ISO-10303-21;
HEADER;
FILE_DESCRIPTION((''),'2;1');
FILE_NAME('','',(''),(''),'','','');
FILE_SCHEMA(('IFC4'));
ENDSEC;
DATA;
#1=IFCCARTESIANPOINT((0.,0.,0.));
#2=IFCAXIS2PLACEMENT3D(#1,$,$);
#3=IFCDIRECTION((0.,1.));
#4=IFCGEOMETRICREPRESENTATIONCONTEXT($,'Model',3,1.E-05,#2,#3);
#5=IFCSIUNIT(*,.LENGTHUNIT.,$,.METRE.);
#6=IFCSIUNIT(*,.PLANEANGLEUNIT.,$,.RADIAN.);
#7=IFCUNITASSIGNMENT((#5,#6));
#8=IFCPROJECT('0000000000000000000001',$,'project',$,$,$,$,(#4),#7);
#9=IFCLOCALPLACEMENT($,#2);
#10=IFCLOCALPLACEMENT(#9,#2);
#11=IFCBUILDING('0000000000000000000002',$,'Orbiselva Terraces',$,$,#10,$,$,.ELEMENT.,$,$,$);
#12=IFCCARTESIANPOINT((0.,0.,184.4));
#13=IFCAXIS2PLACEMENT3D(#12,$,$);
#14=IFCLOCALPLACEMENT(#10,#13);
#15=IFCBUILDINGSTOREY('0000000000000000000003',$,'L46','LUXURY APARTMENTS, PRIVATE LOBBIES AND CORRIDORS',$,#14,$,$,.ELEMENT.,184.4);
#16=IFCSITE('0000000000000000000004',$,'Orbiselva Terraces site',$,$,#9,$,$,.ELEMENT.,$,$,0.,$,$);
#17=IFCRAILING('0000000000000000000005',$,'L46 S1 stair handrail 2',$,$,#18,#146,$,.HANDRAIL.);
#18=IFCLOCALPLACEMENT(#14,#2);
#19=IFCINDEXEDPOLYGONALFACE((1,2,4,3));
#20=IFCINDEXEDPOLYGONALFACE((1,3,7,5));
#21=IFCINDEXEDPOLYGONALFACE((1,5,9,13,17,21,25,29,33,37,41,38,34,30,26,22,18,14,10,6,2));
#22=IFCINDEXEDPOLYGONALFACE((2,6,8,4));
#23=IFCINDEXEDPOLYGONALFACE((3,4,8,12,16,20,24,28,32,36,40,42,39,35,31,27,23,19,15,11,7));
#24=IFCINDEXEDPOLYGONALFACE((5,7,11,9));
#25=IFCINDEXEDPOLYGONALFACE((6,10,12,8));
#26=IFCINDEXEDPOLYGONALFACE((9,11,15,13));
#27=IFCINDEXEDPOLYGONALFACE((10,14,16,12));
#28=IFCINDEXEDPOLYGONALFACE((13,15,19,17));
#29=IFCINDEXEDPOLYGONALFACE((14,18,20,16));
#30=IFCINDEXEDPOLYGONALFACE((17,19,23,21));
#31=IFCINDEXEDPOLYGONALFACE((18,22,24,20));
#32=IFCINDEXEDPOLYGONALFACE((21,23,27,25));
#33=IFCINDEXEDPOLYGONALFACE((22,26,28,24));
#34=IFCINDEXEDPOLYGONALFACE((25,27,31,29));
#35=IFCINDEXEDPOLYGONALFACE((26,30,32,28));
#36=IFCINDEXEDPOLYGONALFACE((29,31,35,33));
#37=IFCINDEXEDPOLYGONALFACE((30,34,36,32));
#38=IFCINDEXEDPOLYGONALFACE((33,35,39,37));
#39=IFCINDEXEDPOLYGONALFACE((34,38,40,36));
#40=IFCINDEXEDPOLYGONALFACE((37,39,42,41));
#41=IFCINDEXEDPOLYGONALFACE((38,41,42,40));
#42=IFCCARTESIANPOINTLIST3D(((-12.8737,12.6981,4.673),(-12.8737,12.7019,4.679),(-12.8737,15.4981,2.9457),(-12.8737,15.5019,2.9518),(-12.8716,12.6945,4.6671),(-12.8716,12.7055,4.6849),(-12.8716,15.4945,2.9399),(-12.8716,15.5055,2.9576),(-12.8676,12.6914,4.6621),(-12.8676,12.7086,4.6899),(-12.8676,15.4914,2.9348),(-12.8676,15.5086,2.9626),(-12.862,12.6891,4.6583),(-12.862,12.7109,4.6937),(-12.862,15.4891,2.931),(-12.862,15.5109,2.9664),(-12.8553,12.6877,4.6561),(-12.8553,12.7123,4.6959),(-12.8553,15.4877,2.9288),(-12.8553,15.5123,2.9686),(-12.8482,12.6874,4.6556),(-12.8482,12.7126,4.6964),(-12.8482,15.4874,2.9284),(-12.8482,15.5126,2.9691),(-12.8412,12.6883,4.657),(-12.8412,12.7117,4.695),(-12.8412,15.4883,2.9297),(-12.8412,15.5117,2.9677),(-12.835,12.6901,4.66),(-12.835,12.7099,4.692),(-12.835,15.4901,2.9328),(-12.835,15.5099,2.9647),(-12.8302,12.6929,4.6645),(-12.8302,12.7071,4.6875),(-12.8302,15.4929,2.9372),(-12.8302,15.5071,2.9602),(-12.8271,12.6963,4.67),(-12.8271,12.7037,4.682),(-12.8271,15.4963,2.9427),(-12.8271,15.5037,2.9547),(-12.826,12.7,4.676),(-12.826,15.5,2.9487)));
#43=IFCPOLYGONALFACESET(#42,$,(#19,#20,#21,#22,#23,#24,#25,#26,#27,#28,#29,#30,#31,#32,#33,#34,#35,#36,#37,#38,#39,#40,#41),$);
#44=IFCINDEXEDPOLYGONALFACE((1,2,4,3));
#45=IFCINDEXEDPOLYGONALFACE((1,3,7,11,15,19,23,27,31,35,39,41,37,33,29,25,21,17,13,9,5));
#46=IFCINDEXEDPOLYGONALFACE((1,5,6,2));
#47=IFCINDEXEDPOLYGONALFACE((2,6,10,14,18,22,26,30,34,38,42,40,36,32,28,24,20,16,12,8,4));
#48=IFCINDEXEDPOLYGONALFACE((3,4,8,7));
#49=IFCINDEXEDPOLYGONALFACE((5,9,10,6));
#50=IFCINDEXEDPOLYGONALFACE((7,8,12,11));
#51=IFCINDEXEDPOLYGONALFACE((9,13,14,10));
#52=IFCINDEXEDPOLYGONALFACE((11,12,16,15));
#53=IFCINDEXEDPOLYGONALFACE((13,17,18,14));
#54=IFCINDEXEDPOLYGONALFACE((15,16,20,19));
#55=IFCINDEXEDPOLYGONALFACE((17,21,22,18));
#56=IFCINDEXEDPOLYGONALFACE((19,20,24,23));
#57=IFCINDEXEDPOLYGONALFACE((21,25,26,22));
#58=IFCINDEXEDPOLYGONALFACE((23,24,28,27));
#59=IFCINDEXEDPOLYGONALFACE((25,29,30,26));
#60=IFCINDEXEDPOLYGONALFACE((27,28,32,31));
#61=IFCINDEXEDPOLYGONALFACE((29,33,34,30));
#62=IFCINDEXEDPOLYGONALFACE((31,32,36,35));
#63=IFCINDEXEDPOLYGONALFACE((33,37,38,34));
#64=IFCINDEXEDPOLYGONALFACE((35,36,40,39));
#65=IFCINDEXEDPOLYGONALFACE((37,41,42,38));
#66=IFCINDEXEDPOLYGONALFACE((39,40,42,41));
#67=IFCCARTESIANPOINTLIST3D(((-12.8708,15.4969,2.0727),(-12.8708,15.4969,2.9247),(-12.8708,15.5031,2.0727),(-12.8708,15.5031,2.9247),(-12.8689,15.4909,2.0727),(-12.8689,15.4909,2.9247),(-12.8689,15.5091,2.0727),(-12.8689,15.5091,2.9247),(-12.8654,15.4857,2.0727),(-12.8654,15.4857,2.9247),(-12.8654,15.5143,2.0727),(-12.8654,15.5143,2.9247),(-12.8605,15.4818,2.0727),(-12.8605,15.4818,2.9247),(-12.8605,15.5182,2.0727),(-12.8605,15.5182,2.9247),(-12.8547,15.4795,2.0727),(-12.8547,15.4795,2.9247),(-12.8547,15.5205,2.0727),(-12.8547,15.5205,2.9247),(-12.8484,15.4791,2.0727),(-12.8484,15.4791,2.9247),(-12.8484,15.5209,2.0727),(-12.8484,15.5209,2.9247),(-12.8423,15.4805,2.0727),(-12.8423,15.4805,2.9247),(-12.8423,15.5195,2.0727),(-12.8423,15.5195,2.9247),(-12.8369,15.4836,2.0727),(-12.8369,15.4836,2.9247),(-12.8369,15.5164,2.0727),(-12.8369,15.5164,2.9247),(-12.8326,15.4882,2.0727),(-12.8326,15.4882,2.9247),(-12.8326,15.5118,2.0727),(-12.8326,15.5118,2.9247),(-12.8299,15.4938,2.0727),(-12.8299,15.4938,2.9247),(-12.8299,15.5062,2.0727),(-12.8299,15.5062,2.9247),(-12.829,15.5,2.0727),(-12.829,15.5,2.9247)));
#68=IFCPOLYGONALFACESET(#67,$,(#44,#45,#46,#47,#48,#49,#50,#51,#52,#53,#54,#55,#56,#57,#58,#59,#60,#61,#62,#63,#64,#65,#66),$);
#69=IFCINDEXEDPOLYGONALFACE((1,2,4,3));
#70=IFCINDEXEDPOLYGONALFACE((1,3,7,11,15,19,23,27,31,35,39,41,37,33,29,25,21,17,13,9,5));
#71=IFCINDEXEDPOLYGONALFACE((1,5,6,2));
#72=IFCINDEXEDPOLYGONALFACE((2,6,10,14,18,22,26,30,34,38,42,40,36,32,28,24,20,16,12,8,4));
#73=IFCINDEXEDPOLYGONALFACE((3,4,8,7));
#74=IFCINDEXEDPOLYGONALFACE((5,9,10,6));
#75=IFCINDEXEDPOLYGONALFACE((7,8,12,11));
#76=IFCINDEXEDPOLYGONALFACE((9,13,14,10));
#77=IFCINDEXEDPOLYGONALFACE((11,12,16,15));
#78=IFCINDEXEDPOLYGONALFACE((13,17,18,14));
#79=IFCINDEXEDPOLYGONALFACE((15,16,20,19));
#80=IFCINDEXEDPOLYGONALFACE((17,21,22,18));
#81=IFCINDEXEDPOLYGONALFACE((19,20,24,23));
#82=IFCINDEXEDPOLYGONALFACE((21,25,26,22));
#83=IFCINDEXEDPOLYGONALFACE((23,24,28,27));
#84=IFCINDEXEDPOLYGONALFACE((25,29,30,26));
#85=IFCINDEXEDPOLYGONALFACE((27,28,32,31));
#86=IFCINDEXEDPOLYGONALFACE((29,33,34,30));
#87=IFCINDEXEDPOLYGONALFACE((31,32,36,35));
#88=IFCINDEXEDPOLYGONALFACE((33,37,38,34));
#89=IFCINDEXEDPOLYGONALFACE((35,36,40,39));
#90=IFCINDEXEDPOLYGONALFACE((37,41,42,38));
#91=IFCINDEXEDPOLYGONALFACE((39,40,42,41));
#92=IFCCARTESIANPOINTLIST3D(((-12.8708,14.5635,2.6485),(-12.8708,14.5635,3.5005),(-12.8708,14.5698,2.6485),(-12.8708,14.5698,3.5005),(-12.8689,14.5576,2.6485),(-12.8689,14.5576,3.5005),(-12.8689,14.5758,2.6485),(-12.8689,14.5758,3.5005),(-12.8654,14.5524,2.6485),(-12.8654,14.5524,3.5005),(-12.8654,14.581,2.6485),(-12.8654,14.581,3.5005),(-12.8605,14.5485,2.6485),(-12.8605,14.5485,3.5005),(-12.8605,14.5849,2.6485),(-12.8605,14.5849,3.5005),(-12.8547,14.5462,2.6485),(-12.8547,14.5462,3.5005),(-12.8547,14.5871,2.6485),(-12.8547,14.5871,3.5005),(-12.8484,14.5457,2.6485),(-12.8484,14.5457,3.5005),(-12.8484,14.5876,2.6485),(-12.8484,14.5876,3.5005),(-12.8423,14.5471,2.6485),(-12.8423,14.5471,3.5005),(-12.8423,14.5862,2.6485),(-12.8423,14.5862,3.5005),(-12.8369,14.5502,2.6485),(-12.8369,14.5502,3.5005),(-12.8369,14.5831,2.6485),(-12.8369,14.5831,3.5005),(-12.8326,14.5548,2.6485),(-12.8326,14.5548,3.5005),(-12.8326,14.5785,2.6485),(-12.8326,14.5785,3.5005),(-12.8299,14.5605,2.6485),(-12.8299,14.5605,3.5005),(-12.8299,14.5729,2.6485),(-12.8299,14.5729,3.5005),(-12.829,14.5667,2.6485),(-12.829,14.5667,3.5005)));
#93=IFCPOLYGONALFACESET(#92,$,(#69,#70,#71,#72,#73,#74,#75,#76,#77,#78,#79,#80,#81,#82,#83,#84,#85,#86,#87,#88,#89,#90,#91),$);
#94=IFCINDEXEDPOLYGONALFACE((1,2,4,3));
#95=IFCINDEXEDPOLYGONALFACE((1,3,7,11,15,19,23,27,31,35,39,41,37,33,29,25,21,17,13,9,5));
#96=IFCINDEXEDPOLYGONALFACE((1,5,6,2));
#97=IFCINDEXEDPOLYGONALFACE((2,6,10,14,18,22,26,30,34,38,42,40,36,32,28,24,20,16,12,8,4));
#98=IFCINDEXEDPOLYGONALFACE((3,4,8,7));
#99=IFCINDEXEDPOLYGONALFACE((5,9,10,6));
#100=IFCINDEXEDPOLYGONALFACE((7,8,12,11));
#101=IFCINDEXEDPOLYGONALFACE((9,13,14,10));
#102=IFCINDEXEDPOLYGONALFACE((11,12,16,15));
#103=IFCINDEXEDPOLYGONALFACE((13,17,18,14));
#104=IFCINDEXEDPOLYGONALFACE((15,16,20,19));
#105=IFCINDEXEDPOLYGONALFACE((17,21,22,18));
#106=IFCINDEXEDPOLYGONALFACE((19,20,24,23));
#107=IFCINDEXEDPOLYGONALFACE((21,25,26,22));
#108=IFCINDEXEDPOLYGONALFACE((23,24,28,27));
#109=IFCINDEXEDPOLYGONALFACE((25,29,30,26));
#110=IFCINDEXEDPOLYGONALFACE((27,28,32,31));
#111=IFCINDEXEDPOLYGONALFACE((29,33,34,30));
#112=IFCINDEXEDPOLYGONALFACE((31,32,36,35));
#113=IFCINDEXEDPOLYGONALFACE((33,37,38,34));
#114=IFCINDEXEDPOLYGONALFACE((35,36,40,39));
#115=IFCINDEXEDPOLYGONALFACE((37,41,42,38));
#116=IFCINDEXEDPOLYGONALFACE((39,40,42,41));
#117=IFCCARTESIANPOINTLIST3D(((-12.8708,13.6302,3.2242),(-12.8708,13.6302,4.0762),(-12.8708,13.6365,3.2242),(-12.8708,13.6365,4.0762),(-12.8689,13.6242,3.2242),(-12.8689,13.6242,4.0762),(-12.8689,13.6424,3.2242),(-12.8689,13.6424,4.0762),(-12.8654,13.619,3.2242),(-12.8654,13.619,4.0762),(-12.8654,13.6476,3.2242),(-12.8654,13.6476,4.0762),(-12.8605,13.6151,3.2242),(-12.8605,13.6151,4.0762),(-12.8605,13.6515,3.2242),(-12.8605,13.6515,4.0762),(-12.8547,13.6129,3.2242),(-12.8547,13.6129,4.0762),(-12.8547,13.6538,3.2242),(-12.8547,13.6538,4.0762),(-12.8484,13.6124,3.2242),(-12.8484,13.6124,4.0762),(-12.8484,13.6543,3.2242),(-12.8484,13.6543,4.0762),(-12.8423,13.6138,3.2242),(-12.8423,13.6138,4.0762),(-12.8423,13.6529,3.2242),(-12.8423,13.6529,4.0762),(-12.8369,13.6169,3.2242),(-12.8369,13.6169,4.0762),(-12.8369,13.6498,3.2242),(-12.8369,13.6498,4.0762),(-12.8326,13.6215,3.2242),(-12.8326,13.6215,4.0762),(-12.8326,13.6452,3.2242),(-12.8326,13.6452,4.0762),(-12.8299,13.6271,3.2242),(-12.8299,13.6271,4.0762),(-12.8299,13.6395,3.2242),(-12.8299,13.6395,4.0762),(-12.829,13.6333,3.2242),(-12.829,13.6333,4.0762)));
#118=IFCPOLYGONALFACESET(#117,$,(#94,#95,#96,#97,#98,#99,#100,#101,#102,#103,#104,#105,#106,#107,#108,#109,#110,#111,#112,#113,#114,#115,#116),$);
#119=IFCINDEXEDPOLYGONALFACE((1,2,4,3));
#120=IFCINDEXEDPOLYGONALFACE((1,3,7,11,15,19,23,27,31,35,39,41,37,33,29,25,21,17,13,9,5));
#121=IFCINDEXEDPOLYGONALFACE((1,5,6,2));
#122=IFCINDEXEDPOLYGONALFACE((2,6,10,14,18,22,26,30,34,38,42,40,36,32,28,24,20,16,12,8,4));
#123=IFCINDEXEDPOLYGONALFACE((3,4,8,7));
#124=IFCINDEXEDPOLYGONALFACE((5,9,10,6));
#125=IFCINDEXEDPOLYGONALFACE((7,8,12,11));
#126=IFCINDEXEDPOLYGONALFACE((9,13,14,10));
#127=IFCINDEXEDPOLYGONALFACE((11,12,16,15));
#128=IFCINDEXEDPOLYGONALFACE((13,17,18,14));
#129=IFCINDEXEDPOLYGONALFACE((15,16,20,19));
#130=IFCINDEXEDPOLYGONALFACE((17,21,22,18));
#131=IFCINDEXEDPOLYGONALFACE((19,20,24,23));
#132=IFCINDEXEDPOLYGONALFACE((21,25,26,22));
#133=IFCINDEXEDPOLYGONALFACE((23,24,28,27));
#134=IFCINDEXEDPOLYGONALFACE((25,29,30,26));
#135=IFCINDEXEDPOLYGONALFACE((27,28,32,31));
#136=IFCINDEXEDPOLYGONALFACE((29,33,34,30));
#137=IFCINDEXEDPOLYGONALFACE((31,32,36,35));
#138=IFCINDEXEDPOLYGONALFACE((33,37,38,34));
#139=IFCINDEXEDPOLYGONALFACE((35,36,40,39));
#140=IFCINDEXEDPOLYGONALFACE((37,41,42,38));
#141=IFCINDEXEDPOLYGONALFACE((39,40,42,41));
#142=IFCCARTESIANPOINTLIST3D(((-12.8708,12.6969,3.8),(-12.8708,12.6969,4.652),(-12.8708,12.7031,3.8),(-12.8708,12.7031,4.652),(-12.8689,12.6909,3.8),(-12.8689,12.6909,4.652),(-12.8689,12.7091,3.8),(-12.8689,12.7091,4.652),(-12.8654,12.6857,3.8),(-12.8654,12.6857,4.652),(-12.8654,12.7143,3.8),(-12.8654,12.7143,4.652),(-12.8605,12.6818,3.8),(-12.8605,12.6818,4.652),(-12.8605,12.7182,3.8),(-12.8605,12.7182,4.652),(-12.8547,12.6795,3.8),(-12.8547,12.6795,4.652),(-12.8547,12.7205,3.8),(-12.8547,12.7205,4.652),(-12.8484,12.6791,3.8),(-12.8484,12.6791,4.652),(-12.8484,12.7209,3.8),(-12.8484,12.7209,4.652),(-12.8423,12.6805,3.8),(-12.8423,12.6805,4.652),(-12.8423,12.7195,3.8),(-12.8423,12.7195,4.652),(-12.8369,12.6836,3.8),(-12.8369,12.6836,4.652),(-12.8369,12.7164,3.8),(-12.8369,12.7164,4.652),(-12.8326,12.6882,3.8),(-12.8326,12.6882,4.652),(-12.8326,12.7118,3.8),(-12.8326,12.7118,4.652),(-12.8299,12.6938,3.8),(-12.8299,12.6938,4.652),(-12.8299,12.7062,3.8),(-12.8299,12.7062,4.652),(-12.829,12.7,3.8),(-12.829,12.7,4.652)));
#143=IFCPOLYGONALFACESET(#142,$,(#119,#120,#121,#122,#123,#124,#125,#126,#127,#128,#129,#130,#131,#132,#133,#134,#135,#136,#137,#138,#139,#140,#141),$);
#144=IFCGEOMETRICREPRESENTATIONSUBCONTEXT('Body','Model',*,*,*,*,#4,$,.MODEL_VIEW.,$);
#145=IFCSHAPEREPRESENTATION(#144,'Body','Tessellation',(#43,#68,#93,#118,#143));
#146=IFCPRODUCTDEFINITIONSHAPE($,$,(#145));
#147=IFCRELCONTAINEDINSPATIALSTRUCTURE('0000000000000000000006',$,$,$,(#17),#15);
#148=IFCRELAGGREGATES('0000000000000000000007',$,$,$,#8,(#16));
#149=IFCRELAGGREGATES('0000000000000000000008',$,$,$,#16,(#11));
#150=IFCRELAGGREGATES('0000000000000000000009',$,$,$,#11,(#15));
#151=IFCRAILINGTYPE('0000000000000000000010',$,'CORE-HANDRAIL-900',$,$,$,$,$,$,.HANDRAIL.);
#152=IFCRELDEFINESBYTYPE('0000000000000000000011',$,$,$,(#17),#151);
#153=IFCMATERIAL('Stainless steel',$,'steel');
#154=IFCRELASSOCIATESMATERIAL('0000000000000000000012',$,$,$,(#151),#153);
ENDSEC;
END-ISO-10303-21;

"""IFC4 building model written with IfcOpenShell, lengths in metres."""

from ifc_helpers import new_model, si_unit, direction, frame, origin, origin_2d, place, context, subcontext, project, spatial, circle, extrude, material, type_object, element, save


model = new_model("IFC4")

# Units and contexts
model_context = context("Model", 3, precision=1e-05, world=origin(), true_north=direction((0.0, 1.0)))
body_context = subcontext(model_context, "Body", "Model", "MODEL_VIEW")
ifc_project = project(units=[si_unit("LENGTHUNIT", "METRE"), si_unit("PLANEANGLEUNIT", "RADIAN")], contexts=[model_context])

# Site, building, storey
site_placement = place(None, origin())
site = spatial("IfcSite", under=ifc_project, at=site_placement, Name="Orbiselva Terraces site", CompositionType="ELEMENT", RefElevation=0.0)
building_placement = place(site_placement, origin())
building = spatial("IfcBuilding", under=site, at=building_placement, Name="Orbiselva Terraces", CompositionType="ELEMENT")
storey_placement = place(building_placement, frame((0.0, 0.0, 184.4)))
storey = spatial("IfcBuildingStorey", under=building, at=storey_placement, Name="L46", Description="LUXURY APARTMENTS, PRIVATE LOBBIES AND CORRIDORS", CompositionType="ELEMENT", Elevation=184.4)

# Railing
ifc_material_1 = material(Name="Stainless steel", Category="steel")
railing_type_1 = type_object("IfcRailingType", Name="CORE-HANDRAIL-900", PredefinedType="HANDRAIL", material=ifc_material_1)
railing_1_placement = place(storey_placement, frame((-12.85, 15.5, 2.0727)))
element("IfcRailing", 1, at=railing_1_placement, inside=storey, type_object=railing_type_1, Name="L46 S1 stair handrail 2", PredefinedType="HANDRAIL", context=body_context, shape_type="SweptSolid", body=[
    extrude(circle(Radius=0.024, at=origin_2d()), frame((0.0, 0.0, 0.876), z_axis=(0.0, -0.851089, 0.525022), x_axis=(1.0, 0.0, 0.0)), (0.0, 0.0, 1.0), 3.2899),
    extrude(circle(Radius=0.021, at=origin_2d()), origin(), (0.0, 0.0, 1.0), 0.852),
    extrude(circle(Radius=0.021, at=origin_2d()), frame((0.0, -0.9333, 0.5758)), (0.0, 0.0, 1.0), 0.852),
    extrude(circle(Radius=0.021, at=origin_2d()), frame((0.0, -1.8667, 1.1515)), (0.0, 0.0, 1.0), 0.852),
    extrude(circle(Radius=0.021, at=origin_2d()), frame((0.0, -2.8, 1.7273)), (0.0, 0.0, 1.0), 0.852),
])

save(model, "model.ifc")
